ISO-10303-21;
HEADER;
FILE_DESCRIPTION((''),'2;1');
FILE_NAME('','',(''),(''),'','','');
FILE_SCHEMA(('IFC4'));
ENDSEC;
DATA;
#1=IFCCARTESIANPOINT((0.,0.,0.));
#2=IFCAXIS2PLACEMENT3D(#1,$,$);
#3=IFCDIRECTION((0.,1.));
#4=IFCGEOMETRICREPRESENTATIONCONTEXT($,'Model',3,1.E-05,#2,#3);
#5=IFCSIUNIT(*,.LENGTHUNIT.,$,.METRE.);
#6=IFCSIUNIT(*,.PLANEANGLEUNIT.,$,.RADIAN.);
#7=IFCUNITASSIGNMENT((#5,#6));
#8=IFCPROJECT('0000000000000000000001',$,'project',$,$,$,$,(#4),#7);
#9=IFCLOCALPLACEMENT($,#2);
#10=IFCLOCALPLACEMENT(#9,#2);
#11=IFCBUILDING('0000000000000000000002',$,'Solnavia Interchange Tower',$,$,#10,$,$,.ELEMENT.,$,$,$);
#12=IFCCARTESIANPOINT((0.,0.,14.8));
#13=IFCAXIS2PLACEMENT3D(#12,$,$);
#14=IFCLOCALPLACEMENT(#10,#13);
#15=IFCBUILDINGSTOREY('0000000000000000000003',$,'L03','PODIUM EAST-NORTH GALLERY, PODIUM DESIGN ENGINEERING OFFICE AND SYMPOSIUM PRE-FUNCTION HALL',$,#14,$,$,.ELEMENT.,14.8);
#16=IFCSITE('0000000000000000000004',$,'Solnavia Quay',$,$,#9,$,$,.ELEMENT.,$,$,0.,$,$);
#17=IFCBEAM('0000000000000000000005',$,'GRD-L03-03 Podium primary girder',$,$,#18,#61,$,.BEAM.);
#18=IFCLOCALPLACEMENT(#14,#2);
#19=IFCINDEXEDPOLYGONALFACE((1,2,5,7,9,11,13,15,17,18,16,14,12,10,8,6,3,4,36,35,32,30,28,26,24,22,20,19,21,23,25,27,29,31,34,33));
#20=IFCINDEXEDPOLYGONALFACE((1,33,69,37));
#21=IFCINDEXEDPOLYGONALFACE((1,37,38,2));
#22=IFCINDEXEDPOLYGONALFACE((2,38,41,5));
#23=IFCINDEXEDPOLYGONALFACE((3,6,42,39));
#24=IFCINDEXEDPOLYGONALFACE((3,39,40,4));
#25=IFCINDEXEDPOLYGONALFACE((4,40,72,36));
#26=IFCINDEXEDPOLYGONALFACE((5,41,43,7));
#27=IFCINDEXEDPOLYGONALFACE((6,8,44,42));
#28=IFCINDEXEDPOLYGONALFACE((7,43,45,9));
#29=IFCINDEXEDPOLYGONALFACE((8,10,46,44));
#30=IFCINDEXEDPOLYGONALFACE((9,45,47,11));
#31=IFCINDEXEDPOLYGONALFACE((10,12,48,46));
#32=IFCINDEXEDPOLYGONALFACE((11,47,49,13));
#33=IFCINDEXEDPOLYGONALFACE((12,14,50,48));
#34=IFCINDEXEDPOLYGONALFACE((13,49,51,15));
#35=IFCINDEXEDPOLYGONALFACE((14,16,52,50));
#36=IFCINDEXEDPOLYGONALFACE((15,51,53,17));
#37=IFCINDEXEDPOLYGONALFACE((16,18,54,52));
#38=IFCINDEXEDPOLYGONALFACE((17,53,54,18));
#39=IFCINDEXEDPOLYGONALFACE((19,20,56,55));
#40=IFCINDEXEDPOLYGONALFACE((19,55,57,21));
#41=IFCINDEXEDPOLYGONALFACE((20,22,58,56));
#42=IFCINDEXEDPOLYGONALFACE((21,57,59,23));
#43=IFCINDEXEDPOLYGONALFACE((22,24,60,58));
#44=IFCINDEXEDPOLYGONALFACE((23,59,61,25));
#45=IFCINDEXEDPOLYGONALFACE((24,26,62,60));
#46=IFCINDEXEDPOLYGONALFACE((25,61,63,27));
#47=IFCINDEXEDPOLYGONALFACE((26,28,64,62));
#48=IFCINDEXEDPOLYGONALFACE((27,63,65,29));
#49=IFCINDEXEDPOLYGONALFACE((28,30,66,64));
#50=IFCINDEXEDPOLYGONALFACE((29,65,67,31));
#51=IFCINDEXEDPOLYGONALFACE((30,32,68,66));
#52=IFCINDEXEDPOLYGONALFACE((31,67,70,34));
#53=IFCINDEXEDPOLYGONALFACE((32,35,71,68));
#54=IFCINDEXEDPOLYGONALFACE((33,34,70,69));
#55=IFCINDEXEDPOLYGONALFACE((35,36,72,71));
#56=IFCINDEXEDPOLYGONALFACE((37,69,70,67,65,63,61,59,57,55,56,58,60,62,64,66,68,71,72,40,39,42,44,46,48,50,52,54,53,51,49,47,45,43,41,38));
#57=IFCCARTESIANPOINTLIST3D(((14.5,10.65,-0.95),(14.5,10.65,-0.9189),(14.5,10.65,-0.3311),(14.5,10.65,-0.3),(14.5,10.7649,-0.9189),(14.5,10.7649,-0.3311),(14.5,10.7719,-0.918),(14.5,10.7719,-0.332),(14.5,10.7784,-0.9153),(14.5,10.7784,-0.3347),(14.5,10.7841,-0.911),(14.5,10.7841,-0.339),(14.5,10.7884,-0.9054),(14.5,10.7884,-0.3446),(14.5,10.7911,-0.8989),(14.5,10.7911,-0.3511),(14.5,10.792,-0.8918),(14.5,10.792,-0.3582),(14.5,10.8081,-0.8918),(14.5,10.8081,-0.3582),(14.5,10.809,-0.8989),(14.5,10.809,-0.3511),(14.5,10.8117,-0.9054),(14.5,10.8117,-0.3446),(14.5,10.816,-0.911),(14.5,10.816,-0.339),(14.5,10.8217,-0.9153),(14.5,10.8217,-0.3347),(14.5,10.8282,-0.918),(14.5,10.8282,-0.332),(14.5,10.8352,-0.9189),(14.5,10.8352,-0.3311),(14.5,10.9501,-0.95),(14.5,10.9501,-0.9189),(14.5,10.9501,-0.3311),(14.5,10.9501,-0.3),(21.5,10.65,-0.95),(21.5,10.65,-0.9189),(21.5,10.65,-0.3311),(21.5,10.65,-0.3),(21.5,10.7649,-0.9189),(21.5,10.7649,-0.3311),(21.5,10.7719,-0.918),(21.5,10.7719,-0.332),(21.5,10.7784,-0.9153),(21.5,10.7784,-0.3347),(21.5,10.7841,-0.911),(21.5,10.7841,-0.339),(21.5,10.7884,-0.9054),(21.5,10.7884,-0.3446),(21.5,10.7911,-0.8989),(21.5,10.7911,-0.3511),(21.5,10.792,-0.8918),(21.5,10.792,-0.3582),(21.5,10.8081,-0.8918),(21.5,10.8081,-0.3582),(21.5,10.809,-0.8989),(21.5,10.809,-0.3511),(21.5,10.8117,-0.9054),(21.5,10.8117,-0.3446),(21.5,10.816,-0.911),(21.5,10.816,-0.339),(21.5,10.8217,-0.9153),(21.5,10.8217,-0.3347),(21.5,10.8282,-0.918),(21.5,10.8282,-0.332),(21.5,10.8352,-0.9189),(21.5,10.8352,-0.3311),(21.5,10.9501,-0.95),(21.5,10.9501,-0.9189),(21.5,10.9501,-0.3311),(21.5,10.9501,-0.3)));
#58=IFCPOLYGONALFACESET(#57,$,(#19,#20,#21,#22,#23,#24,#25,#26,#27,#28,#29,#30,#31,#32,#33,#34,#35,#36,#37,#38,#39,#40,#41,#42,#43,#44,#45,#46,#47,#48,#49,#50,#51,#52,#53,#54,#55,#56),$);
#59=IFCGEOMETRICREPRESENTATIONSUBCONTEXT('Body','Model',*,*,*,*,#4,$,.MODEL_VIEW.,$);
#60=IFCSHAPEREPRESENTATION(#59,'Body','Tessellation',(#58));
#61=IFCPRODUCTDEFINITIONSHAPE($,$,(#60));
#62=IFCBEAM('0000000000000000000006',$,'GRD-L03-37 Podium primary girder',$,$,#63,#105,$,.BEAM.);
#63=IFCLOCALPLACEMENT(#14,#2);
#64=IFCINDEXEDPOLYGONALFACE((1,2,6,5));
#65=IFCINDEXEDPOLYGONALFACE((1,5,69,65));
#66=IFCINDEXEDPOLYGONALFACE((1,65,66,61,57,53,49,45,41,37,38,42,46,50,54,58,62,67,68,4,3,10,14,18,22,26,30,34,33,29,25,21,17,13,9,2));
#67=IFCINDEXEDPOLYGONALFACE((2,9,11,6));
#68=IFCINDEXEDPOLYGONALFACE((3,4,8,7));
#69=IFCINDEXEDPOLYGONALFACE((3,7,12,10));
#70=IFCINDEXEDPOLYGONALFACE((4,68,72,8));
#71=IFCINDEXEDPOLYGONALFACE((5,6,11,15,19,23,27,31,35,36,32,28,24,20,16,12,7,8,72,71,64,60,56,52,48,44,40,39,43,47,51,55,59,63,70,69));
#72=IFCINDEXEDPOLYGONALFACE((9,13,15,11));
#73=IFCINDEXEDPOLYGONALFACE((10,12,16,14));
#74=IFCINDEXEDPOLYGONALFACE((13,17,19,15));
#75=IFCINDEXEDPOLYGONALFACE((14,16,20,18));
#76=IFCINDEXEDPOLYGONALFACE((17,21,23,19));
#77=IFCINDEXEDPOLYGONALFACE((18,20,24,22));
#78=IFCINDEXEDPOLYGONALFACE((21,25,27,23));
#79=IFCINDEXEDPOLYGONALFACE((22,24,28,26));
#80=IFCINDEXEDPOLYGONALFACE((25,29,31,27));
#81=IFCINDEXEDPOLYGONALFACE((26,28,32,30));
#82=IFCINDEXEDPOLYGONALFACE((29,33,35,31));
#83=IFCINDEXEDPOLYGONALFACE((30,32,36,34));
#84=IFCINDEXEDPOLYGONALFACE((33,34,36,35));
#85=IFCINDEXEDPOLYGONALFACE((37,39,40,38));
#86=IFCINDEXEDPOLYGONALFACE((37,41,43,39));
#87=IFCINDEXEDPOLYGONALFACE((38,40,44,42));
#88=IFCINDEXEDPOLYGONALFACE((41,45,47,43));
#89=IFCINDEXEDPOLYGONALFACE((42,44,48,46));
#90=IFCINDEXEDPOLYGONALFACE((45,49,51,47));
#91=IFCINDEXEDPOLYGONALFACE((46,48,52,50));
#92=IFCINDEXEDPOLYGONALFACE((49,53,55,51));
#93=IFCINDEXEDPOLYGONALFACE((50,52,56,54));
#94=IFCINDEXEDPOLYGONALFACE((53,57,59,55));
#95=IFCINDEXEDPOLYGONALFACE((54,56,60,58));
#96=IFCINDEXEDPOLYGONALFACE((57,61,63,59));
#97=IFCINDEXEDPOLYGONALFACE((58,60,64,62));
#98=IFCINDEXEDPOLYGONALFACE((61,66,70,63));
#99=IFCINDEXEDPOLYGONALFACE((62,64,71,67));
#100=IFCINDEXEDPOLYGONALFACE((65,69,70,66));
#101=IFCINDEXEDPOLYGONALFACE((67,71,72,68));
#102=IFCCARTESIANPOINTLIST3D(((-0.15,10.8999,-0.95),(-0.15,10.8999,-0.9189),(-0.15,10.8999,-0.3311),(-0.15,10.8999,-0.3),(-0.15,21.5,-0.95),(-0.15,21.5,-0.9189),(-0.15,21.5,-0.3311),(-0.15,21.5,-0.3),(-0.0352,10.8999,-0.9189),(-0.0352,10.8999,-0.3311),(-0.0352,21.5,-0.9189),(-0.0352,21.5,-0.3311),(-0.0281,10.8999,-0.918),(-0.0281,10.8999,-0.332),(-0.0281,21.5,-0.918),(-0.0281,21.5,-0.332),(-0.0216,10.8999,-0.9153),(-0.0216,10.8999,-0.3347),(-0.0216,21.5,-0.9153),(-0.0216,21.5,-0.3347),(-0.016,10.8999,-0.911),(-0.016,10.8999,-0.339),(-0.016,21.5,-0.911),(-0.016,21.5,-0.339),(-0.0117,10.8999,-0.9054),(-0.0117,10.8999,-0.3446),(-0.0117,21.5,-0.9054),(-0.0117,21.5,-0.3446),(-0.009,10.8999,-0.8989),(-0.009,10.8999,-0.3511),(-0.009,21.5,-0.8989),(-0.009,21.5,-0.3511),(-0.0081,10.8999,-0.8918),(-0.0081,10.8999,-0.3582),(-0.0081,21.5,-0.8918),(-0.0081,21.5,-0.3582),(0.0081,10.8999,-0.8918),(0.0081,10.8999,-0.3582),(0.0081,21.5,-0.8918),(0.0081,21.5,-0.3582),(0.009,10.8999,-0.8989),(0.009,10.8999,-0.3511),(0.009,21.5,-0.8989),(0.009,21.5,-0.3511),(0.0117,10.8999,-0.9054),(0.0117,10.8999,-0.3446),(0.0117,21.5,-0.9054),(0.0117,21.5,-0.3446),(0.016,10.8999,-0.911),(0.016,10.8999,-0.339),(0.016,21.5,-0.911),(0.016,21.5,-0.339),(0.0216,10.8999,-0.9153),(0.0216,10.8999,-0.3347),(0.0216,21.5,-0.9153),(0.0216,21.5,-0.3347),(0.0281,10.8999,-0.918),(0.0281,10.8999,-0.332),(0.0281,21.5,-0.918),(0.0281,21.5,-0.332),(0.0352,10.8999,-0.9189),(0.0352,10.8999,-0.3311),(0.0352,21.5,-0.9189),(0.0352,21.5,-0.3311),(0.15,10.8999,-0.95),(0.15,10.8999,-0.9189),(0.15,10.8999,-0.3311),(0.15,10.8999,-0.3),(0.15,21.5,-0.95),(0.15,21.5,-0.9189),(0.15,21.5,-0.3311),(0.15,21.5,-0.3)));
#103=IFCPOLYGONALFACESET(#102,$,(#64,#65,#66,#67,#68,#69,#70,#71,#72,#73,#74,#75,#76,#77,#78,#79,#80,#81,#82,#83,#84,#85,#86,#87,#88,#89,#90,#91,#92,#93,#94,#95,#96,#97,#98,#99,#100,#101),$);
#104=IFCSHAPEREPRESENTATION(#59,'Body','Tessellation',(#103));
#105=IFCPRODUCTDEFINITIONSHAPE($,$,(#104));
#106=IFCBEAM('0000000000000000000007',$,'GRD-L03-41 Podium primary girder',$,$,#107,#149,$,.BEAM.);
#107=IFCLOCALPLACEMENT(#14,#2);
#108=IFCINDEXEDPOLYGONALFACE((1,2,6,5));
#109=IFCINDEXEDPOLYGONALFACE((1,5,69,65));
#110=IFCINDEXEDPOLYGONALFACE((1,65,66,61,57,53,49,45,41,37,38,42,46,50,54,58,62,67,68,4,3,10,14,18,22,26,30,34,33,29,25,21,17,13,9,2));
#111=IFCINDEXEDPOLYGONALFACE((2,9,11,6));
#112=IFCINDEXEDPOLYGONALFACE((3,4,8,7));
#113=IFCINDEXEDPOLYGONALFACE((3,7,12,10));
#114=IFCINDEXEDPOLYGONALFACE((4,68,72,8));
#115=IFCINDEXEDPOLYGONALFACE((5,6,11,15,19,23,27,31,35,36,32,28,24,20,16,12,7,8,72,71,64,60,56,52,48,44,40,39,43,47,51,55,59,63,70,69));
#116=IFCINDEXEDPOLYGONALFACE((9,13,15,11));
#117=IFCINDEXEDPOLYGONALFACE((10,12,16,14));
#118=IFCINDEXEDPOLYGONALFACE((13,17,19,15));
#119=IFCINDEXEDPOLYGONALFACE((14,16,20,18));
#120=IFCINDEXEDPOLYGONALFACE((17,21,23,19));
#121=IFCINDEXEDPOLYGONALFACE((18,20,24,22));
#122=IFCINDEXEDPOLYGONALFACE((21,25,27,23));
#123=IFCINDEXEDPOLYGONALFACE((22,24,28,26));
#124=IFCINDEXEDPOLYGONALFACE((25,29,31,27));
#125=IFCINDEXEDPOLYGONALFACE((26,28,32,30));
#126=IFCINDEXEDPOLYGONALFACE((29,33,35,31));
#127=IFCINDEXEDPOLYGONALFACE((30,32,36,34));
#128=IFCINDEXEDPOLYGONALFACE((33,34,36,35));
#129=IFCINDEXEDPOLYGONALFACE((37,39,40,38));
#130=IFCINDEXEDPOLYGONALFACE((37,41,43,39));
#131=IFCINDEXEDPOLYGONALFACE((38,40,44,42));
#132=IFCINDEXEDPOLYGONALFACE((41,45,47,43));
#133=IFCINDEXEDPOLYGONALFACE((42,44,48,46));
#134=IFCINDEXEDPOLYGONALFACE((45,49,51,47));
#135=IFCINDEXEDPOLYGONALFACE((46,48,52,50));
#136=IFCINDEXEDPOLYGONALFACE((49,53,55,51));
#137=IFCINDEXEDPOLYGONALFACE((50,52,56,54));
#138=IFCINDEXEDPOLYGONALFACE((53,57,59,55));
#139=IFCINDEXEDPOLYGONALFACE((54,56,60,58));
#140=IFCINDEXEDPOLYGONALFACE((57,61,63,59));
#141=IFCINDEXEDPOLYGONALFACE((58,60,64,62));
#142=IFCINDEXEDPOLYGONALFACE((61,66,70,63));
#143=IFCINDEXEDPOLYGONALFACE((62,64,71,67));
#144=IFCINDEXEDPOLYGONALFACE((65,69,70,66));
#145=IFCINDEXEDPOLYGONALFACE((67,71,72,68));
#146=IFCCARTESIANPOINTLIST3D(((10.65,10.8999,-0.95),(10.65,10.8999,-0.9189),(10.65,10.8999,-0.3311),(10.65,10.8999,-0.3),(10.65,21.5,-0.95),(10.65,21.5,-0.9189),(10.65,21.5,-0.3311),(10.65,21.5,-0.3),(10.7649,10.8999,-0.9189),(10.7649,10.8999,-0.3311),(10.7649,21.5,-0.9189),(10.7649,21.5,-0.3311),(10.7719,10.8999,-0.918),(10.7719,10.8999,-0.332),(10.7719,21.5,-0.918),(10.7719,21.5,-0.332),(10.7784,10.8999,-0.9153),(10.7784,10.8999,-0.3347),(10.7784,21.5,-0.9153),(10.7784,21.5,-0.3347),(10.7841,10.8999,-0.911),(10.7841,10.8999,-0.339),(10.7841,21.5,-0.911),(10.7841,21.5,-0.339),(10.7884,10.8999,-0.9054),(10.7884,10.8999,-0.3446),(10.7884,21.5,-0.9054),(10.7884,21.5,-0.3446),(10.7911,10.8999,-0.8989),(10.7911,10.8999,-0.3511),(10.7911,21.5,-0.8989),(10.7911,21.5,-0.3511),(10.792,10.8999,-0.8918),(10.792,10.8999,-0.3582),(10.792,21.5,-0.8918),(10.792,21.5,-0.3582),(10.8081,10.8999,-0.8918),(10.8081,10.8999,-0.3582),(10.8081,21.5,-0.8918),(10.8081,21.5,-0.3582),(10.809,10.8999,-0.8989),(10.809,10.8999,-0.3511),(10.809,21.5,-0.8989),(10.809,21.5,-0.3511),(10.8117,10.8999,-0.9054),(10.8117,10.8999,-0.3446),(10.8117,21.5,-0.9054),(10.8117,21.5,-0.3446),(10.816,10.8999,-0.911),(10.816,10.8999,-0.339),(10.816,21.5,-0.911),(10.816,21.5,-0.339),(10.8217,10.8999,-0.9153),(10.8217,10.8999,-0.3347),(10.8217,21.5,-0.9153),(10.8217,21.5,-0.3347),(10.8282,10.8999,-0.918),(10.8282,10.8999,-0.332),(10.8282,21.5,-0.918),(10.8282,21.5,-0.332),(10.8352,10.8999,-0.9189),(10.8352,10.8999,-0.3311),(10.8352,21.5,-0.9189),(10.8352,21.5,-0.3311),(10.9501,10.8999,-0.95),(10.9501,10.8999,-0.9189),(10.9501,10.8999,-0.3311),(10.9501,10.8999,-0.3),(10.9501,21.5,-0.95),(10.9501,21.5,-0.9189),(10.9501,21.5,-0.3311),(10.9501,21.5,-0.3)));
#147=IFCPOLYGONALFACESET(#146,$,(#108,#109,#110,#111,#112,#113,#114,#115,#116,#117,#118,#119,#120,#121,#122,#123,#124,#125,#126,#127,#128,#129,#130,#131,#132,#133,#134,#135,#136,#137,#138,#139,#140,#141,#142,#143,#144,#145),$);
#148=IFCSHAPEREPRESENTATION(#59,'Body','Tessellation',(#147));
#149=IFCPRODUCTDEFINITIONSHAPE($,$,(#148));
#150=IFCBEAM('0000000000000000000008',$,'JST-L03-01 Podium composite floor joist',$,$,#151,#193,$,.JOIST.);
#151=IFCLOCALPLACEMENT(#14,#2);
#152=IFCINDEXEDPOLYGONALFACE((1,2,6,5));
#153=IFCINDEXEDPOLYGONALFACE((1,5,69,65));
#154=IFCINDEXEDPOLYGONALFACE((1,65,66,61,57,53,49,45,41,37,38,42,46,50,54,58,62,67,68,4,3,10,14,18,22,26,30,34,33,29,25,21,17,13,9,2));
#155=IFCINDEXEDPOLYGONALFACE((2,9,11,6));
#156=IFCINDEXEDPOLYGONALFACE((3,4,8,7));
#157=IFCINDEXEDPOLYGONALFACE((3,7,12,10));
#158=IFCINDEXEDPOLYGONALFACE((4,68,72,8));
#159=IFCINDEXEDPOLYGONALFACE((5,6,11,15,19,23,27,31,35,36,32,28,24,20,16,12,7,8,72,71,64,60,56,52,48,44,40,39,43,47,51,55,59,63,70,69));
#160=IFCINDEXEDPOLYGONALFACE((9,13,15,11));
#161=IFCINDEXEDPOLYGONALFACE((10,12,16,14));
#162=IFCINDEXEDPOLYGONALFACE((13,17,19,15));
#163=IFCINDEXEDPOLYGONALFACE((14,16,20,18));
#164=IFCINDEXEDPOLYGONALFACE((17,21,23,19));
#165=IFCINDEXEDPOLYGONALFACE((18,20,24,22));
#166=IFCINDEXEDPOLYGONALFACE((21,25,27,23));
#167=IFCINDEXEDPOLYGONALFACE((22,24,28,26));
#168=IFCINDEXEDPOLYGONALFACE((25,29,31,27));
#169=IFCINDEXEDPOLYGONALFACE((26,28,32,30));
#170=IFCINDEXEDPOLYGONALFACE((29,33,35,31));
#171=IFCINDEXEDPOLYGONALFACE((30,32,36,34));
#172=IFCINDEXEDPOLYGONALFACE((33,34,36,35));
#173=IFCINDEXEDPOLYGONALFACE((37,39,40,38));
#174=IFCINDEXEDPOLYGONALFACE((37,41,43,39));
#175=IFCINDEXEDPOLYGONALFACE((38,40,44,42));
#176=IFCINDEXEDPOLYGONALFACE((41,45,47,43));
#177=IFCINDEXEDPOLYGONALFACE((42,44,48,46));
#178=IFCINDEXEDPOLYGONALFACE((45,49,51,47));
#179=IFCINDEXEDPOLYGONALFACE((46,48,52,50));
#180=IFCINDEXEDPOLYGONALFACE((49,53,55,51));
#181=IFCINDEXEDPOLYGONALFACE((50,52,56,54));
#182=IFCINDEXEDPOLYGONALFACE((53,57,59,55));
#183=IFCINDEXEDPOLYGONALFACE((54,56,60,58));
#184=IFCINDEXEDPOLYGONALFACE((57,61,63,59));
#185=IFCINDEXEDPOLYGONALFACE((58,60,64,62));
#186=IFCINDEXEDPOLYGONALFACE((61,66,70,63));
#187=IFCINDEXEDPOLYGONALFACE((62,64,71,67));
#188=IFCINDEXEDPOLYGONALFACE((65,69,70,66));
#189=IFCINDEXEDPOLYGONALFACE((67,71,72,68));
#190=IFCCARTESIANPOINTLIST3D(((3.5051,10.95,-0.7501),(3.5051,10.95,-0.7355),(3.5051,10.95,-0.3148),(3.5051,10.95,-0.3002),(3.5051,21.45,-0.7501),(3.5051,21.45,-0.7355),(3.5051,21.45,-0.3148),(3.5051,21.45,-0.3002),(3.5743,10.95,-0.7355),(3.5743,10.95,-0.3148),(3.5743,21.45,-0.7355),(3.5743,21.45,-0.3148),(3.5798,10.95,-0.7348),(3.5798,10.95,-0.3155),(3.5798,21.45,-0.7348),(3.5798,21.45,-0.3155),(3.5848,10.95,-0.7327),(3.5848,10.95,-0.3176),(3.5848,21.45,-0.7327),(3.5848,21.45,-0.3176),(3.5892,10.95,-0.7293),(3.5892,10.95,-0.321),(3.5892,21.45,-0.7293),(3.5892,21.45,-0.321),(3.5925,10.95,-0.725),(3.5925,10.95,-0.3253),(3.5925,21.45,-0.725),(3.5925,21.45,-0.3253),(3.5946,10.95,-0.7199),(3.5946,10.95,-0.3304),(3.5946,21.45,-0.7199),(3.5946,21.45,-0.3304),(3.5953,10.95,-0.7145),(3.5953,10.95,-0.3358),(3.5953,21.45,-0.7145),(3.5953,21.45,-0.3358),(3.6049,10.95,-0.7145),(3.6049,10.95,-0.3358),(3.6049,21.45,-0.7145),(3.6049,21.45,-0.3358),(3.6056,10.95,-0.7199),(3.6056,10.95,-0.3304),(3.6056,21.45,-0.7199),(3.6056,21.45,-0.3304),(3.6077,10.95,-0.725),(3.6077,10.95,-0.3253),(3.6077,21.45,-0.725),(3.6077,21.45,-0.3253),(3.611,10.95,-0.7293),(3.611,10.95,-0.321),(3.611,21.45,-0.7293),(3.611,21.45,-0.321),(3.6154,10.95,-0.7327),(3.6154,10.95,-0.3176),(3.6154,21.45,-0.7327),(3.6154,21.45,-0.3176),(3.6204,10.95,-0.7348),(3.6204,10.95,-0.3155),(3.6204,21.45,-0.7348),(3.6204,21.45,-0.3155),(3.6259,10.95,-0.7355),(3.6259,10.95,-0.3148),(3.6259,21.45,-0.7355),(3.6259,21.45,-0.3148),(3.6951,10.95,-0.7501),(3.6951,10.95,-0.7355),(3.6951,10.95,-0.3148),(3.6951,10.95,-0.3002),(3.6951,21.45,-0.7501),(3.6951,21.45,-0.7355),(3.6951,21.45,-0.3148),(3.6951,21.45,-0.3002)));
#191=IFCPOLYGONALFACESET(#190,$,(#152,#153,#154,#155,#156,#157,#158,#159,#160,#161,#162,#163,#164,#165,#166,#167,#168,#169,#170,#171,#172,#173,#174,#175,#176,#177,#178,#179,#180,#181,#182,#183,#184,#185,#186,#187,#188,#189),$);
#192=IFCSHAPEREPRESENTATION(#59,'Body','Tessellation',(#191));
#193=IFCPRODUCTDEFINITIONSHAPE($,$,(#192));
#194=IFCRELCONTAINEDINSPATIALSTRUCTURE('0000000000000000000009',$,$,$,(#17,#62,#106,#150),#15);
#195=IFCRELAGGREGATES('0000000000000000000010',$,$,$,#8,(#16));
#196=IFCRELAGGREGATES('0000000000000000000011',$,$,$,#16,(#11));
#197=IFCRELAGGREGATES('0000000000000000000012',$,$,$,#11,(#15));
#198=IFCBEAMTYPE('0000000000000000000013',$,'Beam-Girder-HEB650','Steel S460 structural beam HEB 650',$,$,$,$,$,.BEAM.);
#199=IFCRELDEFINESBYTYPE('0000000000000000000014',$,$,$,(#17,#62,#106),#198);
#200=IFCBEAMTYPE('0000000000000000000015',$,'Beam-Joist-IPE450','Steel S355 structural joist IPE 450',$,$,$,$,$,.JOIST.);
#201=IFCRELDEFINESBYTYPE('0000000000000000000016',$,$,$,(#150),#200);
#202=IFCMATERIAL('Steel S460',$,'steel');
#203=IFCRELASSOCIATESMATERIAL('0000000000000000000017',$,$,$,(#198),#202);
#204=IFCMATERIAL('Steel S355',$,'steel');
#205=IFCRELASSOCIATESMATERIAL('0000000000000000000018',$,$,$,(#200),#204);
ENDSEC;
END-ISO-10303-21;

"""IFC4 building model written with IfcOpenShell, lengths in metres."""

from ifc_helpers import new_model, si_unit, direction, frame, origin, origin_2d, place, context, subcontext, project, spatial, i_section, extrude, material, material_profile, profile_set, type_object, element, save


model = new_model("IFC4")

# Units and contexts
model_context = context("Model", 3, precision=1e-05, world=origin(), true_north=direction((0.0, 1.0)))
body_context = subcontext(model_context, "Body", "Model", "MODEL_VIEW")
ifc_project = project(units=[si_unit("LENGTHUNIT", "METRE"), si_unit("PLANEANGLEUNIT", "RADIAN")], contexts=[model_context])

# Site, building, storey
site_placement = place(None, origin())
site = spatial("IfcSite", under=ifc_project, at=site_placement, Name="Solnavia Quay", CompositionType="ELEMENT", RefElevation=0.0)
building_placement = place(site_placement, origin())
building = spatial("IfcBuilding", under=site, at=building_placement, Name="Solnavia Interchange Tower", CompositionType="ELEMENT")
storey_placement = place(building_placement, frame((0.0, 0.0, 14.8)))
storey = spatial("IfcBuildingStorey", under=building, at=storey_placement, Name="L03", Description="PODIUM EAST-NORTH GALLERY, PODIUM DESIGN ENGINEERING OFFICE AND SYMPOSIUM PRE-FUNCTION HALL", CompositionType="ELEMENT", Elevation=14.8)

# Beams
ifc_material_1 = material(Name="Steel S460", Category="steel")
ifc_material_profile_1 = material_profile(ifc_material_1, i_section(OverallWidth=0.3, OverallDepth=0.6499, WebThickness=0.0161, FlangeThickness=0.031, FilletRadius=0.0271, at=origin_2d()), Name="HEB 650")
ifc_profile_set_1 = profile_set([ifc_material_profile_1], Name="Steel S460")
beam_type_1 = type_object("IfcBeamType", Name="Beam-Girder-HEB650", Description="Steel S460 structural beam HEB 650", PredefinedType="BEAM", material=ifc_profile_set_1)
beam_1_placement = place(storey_placement, frame((14.5, 10.8, -0.625), z_axis=(1.0, 0.0, 0.0), x_axis=(0.0, 1.0, 0.0)))
element("IfcBeam", 1, at=beam_1_placement, inside=storey, type_object=beam_type_1, Name="GRD-L03-03 Podium primary girder", PredefinedType="BEAM", context=body_context, shape_type="SweptSolid", body=[
    extrude(i_section(OverallWidth=0.3, OverallDepth=0.6499, WebThickness=0.0161, FlangeThickness=0.031, FilletRadius=0.0271, at=origin_2d()), origin(), (0.0, 0.0, 1.0), 7.0),
])
for number, where, z_axis, x_axis, name in (
    (2, (0.0, 10.8999, -0.625), (0.0, 1.0, 0.0), (-1.0, 0.0, 0.0), "GRD-L03-37 Podium primary girder"),
    (3, (10.8, 10.8999, -0.625), (0.0, 1.0, 0.0), (-1.0, 0.0, 0.0), "GRD-L03-41 Podium primary girder"),
):
    element("IfcBeam", number, at=place(storey_placement, frame(where, z_axis=z_axis, x_axis=x_axis)), inside=storey, type_object=beam_type_1, Name=name, PredefinedType="BEAM", context=body_context, shape_type="SweptSolid", body=[
        extrude(i_section(OverallWidth=0.3, OverallDepth=0.6499, WebThickness=0.0161, FlangeThickness=0.031, FilletRadius=0.0271, at=origin_2d()), origin(), (0.0, 0.0, 1.0), 10.6001),
    ])
ifc_material_2 = material(Name="Steel S355", Category="steel")
ifc_material_profile_2 = material_profile(ifc_material_2, i_section(OverallWidth=0.1899, OverallDepth=0.45, WebThickness=0.0095, FlangeThickness=0.0146, FilletRadius=0.021, at=origin_2d()), Name="IPE 450")
ifc_profile_set_2 = profile_set([ifc_material_profile_2], Name="Steel S355")
beam_type_2 = type_object("IfcBeamType", Name="Beam-Joist-IPE450", Description="Steel S355 structural joist IPE 450", PredefinedType="JOIST", material=ifc_profile_set_2)
for number, where, z_axis, x_axis, name in (
    (4, (3.6001, 10.95, -0.5251), (0.0, 1.0, 0.0), (-1.0, 0.0, 0.0), "JST-L03-01 Podium composite floor joist"),
):
    element("IfcBeam", number, at=place(storey_placement, frame(where, z_axis=z_axis, x_axis=x_axis)), inside=storey, type_object=beam_type_2, Name=name, PredefinedType="JOIST", context=body_context, shape_type="SweptSolid", body=[
        extrude(i_section(OverallWidth=0.1899, OverallDepth=0.45, WebThickness=0.0095, FlangeThickness=0.0146, FilletRadius=0.021, at=origin_2d()), origin(), (0.0, 0.0, 1.0), 10.5),
    ])

save(model, "model.ifc")
